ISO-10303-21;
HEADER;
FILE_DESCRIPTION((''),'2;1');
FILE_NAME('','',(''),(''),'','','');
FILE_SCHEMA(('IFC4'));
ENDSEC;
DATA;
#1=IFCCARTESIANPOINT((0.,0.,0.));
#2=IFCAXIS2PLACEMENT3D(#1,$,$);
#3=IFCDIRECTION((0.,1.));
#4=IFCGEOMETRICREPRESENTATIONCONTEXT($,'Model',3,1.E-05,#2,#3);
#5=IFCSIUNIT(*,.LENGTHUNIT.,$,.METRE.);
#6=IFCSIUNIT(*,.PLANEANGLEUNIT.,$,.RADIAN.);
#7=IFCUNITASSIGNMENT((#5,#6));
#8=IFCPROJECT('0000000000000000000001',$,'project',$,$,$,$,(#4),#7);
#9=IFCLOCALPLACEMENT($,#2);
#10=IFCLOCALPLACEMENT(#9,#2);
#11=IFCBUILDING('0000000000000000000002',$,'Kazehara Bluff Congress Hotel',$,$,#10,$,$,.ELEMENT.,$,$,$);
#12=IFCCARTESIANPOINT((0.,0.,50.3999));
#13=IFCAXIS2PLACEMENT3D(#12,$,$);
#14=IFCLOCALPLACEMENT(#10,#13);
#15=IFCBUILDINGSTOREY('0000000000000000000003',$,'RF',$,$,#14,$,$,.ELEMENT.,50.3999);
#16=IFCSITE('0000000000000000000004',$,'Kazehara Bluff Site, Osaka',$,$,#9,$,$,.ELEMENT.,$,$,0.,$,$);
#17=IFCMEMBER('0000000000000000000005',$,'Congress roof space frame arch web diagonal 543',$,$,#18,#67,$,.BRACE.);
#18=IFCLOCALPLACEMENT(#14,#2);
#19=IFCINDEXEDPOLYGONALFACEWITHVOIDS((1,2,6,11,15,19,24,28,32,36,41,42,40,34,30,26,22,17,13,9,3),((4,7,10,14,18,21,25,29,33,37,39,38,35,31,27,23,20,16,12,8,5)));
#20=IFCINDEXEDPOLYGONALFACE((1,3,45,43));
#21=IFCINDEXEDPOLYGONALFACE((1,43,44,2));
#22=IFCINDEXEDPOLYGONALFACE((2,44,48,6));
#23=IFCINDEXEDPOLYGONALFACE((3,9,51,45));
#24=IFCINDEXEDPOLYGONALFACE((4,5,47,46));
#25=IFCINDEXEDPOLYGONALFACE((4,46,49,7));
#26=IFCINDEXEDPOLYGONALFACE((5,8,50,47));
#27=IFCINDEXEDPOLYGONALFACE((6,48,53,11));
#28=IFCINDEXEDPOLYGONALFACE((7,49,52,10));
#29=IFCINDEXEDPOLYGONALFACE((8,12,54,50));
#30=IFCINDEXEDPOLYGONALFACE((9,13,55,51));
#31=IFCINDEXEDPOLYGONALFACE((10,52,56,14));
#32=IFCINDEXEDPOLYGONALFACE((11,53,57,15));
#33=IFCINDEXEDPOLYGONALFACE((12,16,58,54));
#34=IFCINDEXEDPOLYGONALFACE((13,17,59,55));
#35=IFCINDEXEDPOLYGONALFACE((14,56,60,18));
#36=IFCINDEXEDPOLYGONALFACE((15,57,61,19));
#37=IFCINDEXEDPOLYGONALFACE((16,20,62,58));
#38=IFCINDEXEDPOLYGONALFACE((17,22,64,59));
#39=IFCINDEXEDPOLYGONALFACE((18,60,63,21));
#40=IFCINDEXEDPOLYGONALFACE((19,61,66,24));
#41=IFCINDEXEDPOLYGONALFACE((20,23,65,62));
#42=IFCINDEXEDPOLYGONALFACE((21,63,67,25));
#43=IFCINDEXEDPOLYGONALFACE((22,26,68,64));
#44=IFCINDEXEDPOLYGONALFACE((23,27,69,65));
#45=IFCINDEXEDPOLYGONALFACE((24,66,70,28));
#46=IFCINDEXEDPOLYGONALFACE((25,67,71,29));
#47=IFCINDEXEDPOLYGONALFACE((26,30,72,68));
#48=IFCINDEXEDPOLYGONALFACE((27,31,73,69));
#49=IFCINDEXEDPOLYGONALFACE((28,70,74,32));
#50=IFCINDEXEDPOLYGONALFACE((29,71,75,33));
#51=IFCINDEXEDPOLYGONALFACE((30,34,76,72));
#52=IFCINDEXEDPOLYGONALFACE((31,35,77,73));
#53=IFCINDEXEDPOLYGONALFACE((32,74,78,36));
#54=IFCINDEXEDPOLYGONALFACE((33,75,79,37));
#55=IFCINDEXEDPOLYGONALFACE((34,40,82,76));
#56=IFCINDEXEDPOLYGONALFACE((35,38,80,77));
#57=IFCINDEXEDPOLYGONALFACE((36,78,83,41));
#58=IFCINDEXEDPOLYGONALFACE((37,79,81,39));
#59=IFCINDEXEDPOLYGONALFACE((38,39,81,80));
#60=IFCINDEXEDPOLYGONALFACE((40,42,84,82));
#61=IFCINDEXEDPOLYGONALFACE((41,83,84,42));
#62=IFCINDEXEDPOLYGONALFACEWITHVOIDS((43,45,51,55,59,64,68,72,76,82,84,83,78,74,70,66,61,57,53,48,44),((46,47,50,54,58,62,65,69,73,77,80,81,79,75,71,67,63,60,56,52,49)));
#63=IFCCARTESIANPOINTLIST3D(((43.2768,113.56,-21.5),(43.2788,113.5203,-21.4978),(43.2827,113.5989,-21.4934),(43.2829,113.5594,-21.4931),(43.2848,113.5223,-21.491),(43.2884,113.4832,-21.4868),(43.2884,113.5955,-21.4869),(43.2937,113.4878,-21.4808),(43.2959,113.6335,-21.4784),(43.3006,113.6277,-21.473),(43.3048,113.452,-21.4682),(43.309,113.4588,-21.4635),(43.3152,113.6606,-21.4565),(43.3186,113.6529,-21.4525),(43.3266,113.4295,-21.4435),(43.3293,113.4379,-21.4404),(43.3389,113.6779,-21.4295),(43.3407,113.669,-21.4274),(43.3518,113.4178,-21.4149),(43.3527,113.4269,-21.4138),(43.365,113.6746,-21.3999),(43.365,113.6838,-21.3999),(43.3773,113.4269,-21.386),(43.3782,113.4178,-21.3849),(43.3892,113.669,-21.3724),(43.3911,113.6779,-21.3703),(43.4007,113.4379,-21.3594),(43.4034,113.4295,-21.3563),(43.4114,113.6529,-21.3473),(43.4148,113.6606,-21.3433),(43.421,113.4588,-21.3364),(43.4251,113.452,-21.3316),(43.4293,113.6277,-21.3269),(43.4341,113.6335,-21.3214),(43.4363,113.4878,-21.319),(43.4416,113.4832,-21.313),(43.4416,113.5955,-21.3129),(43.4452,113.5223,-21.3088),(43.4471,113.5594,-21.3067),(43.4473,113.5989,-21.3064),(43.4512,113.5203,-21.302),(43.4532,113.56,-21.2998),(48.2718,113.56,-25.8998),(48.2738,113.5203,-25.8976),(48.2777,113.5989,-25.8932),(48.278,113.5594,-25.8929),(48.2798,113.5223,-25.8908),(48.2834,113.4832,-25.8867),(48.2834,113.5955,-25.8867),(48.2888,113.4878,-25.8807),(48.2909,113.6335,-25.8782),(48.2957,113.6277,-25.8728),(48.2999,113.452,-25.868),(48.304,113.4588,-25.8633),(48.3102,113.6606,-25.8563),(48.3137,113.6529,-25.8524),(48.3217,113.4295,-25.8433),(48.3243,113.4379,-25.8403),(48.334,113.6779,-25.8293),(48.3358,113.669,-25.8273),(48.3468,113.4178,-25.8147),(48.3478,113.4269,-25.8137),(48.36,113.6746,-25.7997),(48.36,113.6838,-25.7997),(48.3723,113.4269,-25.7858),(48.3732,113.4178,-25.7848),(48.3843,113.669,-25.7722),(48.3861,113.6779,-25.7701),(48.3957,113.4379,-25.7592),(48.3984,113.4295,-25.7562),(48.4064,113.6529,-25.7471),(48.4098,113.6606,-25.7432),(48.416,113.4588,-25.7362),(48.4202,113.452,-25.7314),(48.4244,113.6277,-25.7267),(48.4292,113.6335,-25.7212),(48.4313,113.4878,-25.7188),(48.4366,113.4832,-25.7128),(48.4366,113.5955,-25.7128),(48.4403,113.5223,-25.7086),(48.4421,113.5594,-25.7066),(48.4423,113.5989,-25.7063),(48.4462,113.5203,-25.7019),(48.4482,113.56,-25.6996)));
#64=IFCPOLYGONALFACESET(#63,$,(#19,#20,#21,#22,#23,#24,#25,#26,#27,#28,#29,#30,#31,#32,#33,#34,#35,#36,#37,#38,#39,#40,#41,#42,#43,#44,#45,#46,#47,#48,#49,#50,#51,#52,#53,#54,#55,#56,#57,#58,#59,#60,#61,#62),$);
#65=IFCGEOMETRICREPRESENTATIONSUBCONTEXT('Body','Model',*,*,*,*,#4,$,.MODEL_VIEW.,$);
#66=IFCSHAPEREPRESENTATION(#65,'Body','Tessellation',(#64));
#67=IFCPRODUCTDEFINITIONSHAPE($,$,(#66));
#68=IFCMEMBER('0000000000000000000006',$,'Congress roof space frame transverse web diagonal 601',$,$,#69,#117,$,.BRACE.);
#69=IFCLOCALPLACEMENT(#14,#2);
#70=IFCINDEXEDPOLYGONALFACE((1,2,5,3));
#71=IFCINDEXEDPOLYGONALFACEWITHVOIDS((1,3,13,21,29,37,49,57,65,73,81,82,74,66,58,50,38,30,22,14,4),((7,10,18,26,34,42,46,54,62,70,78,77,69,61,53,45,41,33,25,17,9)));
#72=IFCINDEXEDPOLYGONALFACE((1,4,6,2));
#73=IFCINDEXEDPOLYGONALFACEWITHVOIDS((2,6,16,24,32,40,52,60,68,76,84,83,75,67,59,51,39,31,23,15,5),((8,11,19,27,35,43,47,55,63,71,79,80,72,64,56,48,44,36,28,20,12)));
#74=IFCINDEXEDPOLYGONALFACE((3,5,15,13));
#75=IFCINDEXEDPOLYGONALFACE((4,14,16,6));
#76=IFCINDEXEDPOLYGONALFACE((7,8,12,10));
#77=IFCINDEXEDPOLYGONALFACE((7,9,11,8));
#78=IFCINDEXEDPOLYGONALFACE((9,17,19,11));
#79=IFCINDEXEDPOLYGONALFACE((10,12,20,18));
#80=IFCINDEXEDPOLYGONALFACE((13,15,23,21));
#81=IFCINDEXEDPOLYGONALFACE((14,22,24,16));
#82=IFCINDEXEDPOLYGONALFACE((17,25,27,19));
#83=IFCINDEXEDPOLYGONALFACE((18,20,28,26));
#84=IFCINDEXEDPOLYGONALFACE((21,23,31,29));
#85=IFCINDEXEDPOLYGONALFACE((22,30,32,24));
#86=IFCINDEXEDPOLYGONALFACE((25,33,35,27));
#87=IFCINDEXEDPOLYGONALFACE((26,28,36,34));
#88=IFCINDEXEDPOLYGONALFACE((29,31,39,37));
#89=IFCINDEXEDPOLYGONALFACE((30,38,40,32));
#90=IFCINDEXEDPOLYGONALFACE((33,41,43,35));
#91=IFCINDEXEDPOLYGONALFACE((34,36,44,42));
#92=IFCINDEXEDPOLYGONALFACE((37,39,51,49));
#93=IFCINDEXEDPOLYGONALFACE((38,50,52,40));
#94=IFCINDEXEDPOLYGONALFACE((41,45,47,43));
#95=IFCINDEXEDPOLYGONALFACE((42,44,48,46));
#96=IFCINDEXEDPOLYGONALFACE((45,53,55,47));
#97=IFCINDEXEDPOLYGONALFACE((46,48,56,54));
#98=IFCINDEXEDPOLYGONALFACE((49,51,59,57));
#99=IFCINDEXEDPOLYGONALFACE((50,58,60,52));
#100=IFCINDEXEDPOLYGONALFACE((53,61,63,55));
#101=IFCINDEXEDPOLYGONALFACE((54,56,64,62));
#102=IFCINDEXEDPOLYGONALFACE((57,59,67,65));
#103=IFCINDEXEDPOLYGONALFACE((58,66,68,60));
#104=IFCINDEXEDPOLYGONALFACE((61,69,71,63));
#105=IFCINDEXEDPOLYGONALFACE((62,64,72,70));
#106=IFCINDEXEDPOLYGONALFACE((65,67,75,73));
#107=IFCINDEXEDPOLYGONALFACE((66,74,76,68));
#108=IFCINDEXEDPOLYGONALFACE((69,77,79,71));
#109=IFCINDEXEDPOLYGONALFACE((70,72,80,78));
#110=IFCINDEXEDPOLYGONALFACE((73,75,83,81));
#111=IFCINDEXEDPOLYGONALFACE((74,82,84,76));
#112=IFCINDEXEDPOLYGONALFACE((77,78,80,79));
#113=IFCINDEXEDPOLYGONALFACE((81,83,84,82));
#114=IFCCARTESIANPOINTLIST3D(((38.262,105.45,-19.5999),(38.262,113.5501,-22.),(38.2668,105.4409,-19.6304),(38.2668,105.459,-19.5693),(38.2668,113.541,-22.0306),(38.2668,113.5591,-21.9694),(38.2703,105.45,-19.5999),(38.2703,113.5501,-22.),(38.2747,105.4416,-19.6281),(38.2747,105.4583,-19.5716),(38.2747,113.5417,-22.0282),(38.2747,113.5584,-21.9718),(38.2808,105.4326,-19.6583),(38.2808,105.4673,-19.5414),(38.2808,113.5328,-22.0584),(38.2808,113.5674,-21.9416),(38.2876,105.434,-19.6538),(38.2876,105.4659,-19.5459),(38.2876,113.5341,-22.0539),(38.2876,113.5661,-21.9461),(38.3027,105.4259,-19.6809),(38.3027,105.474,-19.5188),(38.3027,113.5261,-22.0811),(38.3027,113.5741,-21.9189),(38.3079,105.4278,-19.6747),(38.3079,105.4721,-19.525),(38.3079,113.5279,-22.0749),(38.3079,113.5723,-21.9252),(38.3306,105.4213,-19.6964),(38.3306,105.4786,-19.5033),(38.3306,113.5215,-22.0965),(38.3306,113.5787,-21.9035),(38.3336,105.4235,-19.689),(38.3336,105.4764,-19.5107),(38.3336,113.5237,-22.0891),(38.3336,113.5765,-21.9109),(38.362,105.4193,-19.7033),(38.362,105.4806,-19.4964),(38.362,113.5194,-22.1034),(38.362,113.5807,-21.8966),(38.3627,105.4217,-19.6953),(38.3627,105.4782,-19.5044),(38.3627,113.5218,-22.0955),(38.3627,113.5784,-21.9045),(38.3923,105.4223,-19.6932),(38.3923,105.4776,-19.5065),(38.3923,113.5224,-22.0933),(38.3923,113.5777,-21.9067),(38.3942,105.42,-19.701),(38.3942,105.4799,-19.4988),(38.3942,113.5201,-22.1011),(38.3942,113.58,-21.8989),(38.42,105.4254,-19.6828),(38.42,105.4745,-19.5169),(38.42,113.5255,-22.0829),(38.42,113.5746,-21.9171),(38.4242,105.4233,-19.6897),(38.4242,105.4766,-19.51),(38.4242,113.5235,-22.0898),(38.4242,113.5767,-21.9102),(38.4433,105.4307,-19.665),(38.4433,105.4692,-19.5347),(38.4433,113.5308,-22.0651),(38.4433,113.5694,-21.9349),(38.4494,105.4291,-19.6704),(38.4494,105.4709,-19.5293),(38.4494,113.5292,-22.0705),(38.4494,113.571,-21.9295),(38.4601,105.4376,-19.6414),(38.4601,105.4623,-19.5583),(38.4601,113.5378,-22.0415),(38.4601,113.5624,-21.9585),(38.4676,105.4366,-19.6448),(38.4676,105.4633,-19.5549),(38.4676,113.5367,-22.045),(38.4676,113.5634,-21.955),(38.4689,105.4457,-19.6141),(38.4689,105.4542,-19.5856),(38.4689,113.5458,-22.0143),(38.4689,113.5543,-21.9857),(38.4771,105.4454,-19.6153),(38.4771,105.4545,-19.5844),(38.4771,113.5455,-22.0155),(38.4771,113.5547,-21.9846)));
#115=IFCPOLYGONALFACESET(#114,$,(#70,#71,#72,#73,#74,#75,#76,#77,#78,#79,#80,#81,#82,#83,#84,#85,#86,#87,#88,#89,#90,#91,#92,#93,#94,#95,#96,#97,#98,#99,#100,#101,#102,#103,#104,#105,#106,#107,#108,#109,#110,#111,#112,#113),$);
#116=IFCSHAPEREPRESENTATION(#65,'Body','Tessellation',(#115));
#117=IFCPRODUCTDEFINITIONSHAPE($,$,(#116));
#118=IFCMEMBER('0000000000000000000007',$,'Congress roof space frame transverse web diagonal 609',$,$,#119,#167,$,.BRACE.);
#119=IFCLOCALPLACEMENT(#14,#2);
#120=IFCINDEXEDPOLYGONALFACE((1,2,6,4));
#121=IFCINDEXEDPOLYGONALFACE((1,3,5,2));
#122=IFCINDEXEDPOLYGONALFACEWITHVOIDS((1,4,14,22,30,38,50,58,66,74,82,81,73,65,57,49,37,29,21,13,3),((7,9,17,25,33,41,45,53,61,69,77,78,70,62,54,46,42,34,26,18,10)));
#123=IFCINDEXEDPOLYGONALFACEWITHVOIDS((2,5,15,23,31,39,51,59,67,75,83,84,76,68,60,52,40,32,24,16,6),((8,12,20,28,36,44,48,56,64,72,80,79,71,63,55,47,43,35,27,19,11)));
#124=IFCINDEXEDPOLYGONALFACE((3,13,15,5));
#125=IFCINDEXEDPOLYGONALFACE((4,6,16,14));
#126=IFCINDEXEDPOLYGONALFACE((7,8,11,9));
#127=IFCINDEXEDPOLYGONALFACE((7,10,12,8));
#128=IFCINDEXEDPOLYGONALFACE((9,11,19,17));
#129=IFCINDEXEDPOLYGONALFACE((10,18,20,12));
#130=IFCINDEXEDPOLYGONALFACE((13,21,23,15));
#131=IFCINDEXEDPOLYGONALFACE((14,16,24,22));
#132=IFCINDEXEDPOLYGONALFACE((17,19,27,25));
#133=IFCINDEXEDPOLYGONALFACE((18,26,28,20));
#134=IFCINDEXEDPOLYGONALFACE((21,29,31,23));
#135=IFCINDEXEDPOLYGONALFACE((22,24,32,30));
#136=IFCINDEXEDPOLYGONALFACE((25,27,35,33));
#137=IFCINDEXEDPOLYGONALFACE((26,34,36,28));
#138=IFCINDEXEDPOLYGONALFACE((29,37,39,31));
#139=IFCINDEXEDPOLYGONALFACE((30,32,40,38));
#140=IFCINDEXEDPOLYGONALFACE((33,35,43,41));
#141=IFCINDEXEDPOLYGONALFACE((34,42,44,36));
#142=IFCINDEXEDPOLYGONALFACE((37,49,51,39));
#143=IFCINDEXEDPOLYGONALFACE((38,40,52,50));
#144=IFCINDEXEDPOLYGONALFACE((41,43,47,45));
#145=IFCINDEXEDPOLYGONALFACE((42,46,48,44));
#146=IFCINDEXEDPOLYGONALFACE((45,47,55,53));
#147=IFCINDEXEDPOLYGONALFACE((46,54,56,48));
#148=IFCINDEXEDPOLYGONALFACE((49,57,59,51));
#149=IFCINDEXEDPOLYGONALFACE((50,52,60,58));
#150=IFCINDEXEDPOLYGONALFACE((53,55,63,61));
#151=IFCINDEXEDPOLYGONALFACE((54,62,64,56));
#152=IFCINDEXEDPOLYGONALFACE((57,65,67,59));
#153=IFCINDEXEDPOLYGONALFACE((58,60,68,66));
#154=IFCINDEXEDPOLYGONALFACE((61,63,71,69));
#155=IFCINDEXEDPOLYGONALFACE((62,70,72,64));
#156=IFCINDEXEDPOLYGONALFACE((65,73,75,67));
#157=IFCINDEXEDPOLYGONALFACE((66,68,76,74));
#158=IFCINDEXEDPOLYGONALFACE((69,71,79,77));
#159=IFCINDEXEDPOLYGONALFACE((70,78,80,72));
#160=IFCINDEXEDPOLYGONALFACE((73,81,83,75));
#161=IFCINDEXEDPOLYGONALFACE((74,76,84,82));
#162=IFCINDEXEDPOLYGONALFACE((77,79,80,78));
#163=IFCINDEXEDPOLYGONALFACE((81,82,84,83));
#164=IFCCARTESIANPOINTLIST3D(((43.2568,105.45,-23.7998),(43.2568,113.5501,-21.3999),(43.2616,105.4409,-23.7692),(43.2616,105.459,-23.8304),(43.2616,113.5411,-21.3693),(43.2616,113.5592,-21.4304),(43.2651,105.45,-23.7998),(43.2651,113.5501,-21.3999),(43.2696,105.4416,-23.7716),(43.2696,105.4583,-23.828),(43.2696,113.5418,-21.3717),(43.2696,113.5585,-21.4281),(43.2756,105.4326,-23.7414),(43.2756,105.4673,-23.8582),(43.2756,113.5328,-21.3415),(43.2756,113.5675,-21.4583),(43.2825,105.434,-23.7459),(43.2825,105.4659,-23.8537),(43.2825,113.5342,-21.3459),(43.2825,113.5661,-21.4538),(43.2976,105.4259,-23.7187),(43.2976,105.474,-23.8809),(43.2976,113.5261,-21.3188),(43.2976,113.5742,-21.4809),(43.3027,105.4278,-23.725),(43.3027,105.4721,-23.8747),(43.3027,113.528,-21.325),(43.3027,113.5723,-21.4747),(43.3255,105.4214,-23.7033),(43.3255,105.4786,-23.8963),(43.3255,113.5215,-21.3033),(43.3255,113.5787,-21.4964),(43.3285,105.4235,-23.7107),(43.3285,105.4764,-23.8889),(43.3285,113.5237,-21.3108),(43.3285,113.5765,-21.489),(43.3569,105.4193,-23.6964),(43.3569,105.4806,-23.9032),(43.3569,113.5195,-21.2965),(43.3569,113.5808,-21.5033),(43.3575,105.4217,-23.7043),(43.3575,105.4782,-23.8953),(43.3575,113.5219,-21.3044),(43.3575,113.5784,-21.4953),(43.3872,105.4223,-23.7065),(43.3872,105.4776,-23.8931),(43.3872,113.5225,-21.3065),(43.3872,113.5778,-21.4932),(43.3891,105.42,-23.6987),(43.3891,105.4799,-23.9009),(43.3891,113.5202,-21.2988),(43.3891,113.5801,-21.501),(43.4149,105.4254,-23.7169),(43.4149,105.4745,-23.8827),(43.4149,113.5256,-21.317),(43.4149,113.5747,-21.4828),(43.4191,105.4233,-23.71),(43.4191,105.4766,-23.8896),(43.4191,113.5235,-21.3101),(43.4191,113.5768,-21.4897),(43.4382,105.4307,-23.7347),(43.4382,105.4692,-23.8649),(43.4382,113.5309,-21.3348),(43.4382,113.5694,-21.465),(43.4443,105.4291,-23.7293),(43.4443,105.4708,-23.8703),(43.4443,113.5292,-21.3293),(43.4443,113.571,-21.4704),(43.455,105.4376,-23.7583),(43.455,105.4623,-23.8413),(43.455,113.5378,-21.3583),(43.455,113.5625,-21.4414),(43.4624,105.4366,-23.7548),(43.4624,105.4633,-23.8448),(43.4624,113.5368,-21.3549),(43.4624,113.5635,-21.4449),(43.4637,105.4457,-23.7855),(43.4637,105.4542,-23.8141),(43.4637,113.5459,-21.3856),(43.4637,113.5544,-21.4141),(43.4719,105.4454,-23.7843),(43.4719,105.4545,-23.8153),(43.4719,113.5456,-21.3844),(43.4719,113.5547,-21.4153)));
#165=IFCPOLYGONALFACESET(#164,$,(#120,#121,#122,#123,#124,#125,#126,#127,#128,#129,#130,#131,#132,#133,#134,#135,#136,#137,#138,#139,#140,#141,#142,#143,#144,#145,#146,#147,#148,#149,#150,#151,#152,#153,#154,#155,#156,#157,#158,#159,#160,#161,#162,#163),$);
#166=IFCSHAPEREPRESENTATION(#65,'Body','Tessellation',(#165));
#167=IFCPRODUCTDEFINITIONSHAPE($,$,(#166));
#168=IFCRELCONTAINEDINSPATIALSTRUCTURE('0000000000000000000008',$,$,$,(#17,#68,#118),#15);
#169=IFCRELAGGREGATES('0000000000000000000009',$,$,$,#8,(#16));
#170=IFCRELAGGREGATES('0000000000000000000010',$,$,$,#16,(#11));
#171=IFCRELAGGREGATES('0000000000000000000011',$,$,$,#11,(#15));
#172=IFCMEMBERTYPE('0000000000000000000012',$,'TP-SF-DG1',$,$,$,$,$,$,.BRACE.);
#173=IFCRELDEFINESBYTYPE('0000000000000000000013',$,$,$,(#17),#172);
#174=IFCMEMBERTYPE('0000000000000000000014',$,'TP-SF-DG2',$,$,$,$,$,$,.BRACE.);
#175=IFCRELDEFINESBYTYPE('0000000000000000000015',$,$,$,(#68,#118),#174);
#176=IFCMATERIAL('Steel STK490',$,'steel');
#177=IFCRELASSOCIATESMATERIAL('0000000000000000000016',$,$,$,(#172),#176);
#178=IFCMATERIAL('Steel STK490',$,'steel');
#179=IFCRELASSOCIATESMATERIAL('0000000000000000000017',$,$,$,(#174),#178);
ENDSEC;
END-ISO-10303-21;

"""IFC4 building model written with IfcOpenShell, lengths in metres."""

from ifc_helpers import new_model, si_unit, direction, frame, origin, origin_2d, place, context, subcontext, project, spatial, hollow_circle, extrude, material, material_profile, profile_set, type_object, element, save


model = new_model("IFC4")

# Units and contexts
model_context = context("Model", 3, precision=1e-05, world=origin(), true_north=direction((0.0, 1.0)))
body_context = subcontext(model_context, "Body", "Model", "MODEL_VIEW")
ifc_project = project(units=[si_unit("LENGTHUNIT", "METRE"), si_unit("PLANEANGLEUNIT", "RADIAN")], contexts=[model_context])

# Site, building, storey
site_placement = place(None, origin())
site = spatial("IfcSite", under=ifc_project, at=site_placement, Name="Kazehara Bluff Site, Osaka", CompositionType="ELEMENT", RefElevation=0.0)
building_placement = place(site_placement, origin())
building = spatial("IfcBuilding", under=site, at=building_placement, Name="Kazehara Bluff Congress Hotel", CompositionType="ELEMENT")
storey_placement = place(building_placement, frame((0.0, 0.0, 50.3999)))
storey = spatial("IfcBuildingStorey", under=building, at=storey_placement, Name="RF", CompositionType="ELEMENT", Elevation=50.3999)

# Members
ifc_material_1 = material(Name="Steel STK490", Category="steel")
ifc_material_profile_1 = material_profile(ifc_material_1, hollow_circle(Radius=0.1338, WallThickness=0.0093, at=origin_2d()))
ifc_profile_set_1 = profile_set([ifc_material_profile_1], Name="Steel STK490")
member_type_1 = type_object("IfcMemberType", Name="TP-SF-DG1", PredefinedType="BRACE", material=ifc_profile_set_1)
member_1_placement = place(storey_placement, frame((43.365, 113.55, -21.3999), z_axis=(0.750401, 0.0, -0.660983), x_axis=(0.0, 1.0, 0.0)))
element("IfcMember", 1, at=member_1_placement, inside=storey, type_object=member_type_1, Name="Congress roof space frame arch web diagonal 543", PredefinedType="BRACE", context=body_context, shape_type="SweptSolid", body=[
    extrude(hollow_circle(Radius=0.1338, WallThickness=0.0093, at=origin_2d()), origin(), (0.0, 0.0, 1.0), 6.6565),
])
ifc_material_2 = material(Name="Steel STK490", Category="steel")
ifc_material_profile_2 = material_profile(ifc_material_2, hollow_circle(Radius=0.1082, WallThickness=0.0083, at=origin_2d()))
ifc_profile_set_2 = profile_set([ifc_material_profile_2], Name="Steel STK490")
member_type_2 = type_object("IfcMemberType", Name="TP-SF-DG2", PredefinedType="BRACE", material=ifc_profile_set_2)
for number, where, z_axis, x_axis, name in (
    (2, (38.3701, 105.45, -19.5999), (0.0, 0.958794, -0.284101), (-1.0, 0.0, 0.0), "Congress roof space frame transverse web diagonal 601"),
    (3, (43.365, 105.45, -23.7998), (0.0, 0.958802, 0.284075), (-1.0, 0.0, 0.0), "Congress roof space frame transverse web diagonal 609"),
):
    element("IfcMember", number, at=place(storey_placement, frame(where, z_axis=z_axis, x_axis=x_axis)), inside=storey, type_object=member_type_2, Name=name, PredefinedType="BRACE", context=body_context, shape_type="SweptSolid", body=[
        extrude(hollow_circle(Radius=0.1082, WallThickness=0.0083, at=origin_2d()), origin(), (0.0, 0.0, 1.0), 8.4482),
    ])

save(model, "model.ifc")
